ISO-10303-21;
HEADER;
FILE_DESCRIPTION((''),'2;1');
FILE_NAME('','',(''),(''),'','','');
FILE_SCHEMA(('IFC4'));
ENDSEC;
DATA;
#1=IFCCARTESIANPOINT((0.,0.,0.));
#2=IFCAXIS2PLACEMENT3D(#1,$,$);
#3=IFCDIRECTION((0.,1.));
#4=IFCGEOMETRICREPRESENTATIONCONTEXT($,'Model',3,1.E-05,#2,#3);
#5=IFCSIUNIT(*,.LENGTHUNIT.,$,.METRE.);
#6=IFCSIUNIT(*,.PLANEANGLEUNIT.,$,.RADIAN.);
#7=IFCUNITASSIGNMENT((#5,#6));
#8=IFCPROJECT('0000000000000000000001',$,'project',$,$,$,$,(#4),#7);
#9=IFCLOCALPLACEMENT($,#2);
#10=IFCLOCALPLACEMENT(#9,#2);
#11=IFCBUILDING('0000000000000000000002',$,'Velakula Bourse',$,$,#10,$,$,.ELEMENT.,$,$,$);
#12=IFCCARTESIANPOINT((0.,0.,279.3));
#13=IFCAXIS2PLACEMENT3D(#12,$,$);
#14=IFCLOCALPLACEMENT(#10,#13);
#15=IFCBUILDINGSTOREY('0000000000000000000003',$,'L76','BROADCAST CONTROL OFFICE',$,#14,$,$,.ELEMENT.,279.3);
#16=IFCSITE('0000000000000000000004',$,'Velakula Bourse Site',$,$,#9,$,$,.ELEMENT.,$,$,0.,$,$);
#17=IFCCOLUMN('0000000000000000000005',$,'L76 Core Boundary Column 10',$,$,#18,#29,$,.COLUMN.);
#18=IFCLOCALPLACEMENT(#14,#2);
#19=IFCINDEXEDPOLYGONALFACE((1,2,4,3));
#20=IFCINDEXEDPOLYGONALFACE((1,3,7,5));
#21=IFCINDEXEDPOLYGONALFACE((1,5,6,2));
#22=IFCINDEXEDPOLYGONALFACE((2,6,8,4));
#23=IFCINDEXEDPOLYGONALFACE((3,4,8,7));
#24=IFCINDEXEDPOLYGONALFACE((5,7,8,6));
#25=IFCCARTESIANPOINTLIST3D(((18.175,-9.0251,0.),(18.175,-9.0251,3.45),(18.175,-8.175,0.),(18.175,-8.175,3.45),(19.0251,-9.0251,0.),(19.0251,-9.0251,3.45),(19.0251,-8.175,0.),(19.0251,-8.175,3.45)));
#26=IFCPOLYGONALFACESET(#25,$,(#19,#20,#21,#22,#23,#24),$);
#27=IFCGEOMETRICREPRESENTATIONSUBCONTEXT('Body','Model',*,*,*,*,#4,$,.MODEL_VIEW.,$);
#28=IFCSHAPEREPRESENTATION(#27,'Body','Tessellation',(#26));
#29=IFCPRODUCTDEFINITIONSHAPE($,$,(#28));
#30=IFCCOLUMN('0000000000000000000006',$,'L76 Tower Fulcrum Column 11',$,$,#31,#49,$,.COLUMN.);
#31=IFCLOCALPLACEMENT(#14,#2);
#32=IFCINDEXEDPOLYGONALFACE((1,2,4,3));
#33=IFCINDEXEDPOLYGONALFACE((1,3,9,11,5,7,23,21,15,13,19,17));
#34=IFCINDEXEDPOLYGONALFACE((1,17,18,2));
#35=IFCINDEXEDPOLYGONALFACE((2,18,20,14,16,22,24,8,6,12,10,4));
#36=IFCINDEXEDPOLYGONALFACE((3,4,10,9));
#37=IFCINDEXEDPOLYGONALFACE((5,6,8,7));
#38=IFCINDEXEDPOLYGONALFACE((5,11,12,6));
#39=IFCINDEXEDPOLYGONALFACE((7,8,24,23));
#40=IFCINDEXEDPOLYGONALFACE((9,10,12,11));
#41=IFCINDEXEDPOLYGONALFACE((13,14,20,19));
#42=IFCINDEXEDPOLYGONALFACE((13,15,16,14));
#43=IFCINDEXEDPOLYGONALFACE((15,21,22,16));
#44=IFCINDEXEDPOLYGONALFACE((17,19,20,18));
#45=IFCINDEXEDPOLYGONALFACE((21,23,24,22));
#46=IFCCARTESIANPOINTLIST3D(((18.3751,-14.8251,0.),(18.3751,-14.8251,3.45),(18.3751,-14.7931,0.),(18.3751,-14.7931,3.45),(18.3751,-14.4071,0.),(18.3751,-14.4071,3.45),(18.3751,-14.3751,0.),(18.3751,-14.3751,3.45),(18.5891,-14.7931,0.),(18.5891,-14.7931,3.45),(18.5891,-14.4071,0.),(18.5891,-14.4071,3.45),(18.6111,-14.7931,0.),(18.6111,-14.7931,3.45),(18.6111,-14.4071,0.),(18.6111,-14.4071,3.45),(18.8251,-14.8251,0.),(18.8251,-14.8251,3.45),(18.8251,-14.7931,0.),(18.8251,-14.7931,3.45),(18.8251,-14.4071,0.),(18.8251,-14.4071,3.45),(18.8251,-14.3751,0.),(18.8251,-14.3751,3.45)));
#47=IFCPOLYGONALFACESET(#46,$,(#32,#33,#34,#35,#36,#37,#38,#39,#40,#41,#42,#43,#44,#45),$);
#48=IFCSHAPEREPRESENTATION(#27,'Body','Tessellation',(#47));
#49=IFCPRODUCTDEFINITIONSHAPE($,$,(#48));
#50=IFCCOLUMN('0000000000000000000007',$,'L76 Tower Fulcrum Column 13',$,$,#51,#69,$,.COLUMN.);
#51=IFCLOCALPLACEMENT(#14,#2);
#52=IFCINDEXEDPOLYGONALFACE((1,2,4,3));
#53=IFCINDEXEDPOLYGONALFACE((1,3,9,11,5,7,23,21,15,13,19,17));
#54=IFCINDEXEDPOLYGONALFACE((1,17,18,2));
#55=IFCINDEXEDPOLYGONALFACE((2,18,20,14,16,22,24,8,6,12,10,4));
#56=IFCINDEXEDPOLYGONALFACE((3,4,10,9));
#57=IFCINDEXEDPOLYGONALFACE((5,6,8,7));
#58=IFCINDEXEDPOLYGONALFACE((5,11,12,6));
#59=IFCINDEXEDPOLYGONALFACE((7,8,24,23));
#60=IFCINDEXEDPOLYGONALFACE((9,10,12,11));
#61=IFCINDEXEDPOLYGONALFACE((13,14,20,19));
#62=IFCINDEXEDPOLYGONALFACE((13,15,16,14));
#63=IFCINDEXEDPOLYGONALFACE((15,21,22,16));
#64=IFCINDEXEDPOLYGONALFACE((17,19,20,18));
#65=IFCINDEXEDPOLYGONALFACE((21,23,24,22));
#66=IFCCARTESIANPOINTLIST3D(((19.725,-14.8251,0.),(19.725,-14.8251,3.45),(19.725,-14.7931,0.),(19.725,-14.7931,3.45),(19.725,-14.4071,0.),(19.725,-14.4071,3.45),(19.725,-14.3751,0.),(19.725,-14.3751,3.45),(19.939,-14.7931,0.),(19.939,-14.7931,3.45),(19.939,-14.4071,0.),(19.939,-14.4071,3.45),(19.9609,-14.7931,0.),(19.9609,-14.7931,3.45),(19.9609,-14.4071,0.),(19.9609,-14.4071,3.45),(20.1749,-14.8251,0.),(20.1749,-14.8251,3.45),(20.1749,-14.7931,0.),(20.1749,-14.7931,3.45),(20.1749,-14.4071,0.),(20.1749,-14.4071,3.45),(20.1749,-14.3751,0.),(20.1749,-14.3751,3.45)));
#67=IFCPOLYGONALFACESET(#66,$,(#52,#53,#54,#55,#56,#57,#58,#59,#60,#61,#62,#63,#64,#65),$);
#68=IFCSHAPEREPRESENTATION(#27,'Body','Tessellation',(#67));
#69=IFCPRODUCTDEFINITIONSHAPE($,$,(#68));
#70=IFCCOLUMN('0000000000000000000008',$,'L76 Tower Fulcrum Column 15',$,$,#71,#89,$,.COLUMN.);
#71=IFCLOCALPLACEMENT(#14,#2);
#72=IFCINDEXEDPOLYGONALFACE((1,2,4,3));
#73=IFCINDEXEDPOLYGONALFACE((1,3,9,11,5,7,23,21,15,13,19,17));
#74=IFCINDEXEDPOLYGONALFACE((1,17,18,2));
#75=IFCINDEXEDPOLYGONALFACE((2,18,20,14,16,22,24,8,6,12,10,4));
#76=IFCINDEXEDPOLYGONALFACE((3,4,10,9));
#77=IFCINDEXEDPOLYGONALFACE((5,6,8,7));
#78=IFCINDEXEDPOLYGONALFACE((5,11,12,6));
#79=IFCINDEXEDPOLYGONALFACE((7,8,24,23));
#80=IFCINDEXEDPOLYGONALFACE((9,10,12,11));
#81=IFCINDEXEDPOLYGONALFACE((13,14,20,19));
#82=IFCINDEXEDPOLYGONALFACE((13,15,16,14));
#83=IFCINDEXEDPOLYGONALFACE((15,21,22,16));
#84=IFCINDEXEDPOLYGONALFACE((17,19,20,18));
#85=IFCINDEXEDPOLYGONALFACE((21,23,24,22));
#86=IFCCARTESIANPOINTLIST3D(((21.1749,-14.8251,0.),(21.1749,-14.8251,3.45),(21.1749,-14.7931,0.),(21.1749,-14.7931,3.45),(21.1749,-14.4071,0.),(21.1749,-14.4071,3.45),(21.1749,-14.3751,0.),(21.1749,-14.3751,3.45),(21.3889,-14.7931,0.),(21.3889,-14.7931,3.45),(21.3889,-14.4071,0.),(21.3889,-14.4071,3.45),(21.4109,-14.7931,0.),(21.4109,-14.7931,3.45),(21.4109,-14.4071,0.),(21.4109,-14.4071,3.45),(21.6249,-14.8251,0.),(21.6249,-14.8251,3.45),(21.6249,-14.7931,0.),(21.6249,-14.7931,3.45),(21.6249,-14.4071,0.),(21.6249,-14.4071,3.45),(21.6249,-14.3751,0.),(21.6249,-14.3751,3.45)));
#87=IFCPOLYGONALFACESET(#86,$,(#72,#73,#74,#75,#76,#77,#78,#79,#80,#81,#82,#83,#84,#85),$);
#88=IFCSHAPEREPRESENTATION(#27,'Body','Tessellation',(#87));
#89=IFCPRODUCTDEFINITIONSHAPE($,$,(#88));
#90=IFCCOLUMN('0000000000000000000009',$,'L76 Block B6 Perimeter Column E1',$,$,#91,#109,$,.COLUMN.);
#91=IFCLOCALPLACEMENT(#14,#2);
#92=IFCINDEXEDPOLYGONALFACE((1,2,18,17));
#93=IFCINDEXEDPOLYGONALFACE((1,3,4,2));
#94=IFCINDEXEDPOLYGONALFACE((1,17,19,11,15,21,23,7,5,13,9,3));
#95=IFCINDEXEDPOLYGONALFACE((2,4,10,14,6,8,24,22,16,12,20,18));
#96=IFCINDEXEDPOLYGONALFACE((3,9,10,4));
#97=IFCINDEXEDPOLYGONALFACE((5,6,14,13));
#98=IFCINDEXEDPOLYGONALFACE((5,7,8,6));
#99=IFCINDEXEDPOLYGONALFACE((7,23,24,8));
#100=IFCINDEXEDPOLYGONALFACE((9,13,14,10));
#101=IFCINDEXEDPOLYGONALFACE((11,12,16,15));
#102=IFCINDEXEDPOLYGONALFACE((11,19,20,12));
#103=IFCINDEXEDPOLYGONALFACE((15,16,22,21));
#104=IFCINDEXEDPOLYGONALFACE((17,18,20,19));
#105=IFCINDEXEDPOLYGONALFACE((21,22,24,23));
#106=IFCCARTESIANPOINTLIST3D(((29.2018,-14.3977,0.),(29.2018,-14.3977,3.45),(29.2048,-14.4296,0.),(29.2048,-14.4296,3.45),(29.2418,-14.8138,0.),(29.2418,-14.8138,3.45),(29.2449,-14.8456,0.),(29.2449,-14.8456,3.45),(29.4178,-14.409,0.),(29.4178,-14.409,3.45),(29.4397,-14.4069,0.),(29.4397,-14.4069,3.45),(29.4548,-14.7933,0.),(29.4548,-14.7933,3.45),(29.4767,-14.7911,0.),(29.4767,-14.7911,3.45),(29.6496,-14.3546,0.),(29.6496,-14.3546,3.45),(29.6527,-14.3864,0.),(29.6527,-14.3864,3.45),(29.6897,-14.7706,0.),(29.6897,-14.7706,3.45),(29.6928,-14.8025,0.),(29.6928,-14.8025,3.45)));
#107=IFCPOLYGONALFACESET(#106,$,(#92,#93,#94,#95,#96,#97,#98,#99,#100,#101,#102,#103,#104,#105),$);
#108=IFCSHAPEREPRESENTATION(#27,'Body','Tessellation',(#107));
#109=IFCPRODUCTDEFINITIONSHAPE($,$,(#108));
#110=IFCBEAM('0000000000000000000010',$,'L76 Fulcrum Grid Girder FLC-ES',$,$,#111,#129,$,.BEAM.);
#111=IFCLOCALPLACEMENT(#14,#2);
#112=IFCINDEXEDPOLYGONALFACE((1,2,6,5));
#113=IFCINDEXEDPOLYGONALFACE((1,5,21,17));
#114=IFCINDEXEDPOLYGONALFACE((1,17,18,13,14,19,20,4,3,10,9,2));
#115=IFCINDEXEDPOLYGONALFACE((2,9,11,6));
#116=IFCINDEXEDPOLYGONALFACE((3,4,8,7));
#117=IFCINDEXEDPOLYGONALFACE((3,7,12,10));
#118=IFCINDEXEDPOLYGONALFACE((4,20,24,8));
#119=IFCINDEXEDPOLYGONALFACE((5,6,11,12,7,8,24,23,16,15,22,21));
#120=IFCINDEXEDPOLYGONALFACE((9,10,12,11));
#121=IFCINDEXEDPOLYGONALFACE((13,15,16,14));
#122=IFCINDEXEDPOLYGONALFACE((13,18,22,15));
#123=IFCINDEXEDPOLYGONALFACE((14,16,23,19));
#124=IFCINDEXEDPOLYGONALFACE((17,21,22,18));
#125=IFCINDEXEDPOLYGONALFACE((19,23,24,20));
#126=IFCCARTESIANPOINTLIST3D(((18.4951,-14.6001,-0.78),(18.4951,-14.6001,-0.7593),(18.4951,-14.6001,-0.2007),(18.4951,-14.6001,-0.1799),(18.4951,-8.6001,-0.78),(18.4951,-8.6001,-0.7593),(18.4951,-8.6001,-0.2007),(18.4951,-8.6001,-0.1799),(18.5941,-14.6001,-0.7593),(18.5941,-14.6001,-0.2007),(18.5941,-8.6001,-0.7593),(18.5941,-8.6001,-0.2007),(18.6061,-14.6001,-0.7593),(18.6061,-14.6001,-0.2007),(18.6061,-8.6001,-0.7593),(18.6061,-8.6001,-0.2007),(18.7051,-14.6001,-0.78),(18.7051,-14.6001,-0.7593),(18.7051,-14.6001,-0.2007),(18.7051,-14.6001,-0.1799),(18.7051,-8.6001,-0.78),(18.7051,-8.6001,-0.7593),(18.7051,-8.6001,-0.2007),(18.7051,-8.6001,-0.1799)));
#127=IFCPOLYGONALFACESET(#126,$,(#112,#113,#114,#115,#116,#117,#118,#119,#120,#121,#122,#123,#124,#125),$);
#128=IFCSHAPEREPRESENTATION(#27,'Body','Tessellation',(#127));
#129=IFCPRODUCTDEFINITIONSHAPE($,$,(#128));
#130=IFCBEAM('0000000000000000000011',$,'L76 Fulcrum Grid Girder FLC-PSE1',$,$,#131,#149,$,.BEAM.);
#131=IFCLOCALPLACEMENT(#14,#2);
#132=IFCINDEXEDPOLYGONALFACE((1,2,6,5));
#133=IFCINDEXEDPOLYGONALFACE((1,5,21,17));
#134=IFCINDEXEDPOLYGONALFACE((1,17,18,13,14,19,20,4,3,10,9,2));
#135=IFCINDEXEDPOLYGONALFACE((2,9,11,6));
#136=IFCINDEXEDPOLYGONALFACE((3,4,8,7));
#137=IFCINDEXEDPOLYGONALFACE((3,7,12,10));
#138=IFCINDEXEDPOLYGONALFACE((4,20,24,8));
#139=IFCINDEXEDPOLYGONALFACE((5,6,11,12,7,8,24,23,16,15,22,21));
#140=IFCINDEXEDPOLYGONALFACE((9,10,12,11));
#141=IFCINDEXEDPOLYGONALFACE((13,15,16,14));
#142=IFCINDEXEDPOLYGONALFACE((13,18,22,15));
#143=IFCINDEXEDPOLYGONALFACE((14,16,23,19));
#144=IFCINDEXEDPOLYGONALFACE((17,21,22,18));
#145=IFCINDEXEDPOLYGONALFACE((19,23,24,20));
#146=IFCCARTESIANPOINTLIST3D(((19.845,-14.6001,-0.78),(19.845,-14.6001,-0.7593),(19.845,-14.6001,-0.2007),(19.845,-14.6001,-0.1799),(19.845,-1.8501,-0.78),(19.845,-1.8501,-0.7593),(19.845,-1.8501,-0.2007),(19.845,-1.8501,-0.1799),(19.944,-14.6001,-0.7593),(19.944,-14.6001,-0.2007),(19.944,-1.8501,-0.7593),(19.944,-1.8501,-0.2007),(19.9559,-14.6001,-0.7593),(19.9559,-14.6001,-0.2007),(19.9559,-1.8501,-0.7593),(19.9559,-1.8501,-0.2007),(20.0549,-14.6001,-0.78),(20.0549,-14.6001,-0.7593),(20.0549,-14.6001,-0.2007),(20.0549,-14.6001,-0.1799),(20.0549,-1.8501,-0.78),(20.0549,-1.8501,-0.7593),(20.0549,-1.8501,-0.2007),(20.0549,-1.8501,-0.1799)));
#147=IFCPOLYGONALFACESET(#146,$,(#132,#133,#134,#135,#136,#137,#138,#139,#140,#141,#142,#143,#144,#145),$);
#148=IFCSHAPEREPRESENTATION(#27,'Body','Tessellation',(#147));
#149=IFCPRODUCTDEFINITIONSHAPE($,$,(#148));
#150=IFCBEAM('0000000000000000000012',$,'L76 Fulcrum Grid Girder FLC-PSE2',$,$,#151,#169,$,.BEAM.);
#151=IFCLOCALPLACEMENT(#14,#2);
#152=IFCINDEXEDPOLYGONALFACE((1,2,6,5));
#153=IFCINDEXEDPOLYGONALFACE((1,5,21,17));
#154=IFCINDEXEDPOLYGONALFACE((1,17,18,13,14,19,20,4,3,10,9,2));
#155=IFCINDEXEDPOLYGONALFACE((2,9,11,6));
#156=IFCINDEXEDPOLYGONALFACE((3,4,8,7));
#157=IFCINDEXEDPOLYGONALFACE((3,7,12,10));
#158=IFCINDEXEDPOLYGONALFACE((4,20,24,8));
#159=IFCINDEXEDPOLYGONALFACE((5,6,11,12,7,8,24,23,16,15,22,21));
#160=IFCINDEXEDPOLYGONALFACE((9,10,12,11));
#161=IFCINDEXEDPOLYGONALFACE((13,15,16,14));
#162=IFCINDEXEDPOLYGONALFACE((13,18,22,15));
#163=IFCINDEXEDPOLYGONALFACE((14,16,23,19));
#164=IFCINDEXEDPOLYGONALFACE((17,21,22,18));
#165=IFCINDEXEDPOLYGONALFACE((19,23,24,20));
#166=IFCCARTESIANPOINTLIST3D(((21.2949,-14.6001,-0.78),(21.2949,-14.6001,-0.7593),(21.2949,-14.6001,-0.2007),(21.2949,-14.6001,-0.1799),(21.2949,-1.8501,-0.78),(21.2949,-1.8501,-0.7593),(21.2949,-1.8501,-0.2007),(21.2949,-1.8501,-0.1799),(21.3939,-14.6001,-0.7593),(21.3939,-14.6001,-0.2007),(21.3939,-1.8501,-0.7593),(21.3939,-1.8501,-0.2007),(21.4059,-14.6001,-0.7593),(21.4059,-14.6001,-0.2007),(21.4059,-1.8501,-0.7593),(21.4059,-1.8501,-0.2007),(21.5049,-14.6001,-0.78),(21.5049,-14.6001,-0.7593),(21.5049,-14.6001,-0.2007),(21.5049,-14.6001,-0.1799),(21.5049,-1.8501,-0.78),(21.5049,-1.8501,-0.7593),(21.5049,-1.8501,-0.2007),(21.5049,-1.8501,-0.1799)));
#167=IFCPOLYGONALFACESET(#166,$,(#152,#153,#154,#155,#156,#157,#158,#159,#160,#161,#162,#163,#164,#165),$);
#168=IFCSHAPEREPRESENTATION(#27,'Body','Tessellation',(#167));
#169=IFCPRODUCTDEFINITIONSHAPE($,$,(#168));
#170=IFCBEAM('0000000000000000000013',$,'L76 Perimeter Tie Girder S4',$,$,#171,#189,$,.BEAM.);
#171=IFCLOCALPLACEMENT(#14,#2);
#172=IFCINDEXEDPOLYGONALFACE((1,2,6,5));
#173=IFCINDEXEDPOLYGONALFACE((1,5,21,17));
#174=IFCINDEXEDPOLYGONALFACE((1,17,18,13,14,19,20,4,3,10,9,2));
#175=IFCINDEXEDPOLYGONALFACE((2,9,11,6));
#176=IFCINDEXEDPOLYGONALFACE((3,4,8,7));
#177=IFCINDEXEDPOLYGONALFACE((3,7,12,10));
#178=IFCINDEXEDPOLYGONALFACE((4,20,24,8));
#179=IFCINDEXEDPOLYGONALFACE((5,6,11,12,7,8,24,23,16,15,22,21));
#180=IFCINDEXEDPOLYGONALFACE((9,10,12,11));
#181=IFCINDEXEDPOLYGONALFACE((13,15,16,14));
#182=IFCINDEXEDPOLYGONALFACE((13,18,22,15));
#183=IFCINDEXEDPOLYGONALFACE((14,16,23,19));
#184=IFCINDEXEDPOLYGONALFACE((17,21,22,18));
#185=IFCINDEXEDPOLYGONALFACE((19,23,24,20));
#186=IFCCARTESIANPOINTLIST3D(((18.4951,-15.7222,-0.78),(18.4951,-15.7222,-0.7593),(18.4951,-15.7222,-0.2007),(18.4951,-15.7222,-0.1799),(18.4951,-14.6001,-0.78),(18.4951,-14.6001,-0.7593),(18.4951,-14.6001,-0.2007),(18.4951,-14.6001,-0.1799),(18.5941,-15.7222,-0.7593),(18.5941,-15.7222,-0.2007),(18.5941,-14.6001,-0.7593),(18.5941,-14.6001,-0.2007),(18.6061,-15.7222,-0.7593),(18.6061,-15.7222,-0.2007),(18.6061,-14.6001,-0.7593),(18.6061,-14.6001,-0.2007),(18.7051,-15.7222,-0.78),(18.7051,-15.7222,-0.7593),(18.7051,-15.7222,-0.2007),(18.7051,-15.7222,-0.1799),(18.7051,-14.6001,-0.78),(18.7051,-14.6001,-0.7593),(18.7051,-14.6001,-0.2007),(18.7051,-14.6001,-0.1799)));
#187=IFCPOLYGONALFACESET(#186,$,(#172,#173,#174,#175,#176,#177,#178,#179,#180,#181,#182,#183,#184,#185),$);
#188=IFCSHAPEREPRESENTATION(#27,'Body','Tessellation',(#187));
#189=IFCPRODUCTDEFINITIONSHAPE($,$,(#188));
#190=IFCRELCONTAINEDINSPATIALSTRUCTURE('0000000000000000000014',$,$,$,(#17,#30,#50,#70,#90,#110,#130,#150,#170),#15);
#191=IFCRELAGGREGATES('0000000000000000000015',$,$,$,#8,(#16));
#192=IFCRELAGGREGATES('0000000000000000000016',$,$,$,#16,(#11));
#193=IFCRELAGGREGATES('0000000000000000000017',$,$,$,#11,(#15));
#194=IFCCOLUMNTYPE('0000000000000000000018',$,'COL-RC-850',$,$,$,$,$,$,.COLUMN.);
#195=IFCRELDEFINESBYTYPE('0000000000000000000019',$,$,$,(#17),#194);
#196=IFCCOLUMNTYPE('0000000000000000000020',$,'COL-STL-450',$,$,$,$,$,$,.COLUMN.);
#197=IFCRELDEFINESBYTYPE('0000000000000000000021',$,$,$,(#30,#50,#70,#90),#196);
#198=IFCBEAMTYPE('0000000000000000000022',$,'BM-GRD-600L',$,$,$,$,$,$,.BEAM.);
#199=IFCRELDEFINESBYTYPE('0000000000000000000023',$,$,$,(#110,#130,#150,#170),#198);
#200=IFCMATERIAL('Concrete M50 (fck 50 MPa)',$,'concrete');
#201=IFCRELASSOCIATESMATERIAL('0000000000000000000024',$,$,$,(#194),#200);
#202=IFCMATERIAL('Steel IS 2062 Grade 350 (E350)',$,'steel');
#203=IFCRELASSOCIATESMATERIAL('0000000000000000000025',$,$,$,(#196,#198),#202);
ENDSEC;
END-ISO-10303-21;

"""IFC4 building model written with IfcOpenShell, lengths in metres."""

from ifc_helpers import new_model, si_unit, direction, frame, origin, origin_2d, place, context, subcontext, project, spatial, rectangle, i_section, extrude, material, material_profile, profile_set, type_object, element, save


model = new_model("IFC4")

# Units and contexts
model_context = context("Model", 3, precision=1e-05, world=origin(), true_north=direction((0.0, 1.0)))
body_context = subcontext(model_context, "Body", "Model", "MODEL_VIEW")
ifc_project = project(units=[si_unit("LENGTHUNIT", "METRE"), si_unit("PLANEANGLEUNIT", "RADIAN")], contexts=[model_context])

# Site, building, storey
site_placement = place(None, origin())
site = spatial("IfcSite", under=ifc_project, at=site_placement, Name="Velakula Bourse Site", CompositionType="ELEMENT", RefElevation=0.0)
building_placement = place(site_placement, origin())
building = spatial("IfcBuilding", under=site, at=building_placement, Name="Velakula Bourse", CompositionType="ELEMENT")
storey_placement = place(building_placement, frame((0.0, 0.0, 279.3)))
storey = spatial("IfcBuildingStorey", under=building, at=storey_placement, Name="L76", Description="BROADCAST CONTROL OFFICE", CompositionType="ELEMENT", Elevation=279.3)

# Columns
ifc_material_1 = material(Name="Concrete M50 (fck 50 MPa)", Category="concrete")
ifc_material_profile_1 = material_profile(ifc_material_1, rectangle(XDim=0.8501, YDim=0.8501, at=origin_2d()), Name="Concrete M50 (fck 50 MPa)")
ifc_profile_set_1 = profile_set([ifc_material_profile_1], Name="Concrete M50 (fck 50 MPa)")
column_type_1 = type_object("IfcColumnType", Name="COL-RC-850", PredefinedType="COLUMN", material=ifc_profile_set_1)
column_placement = place(storey_placement, frame((18.6001, -8.6001, 0.0), z_axis=(0.0, 0.0, 1.0), x_axis=(1.0, 0.0, 0.0)))
element("IfcColumn", 1, at=column_placement, inside=storey, type_object=column_type_1, Name="L76 Core Boundary Column 10", PredefinedType="COLUMN", context=body_context, shape_type="SweptSolid", body=[
    extrude(rectangle(XDim=0.8501, YDim=0.8501, at=origin_2d()), origin(), (0.0, 0.0, 1.0), 3.45),
])
ifc_material_2 = material(Name="Steel IS 2062 Grade 350 (E350)", Category="steel")
ifc_material_profile_2 = material_profile(ifc_material_2, i_section(OverallWidth=0.45, OverallDepth=0.45, WebThickness=0.022, FlangeThickness=0.032, at=origin_2d()), Name="Steel IS 2062 Grade 350 (E350)")
ifc_profile_set_2 = profile_set([ifc_material_profile_2], Name="Steel IS 2062 Grade 350 (E350)")
column_type_2 = type_object("IfcColumnType", Name="COL-STL-450", PredefinedType="COLUMN", material=ifc_profile_set_2)
for number, where, z_axis, x_axis, name in (
    (2, (18.6001, -14.6001, 0.0), (0.0, 0.0, 1.0), (1.0, 0.0, 0.0), "L76 Tower Fulcrum Column 11"),
    (3, (19.95, -14.6001, 0.0), (0.0, 0.0, 1.0), (1.0, 0.0, 0.0), "L76 Tower Fulcrum Column 13"),
    (4, (21.3999, -14.6001, 0.0), (0.0, 0.0, 1.0), (1.0, 0.0, 0.0), "L76 Tower Fulcrum Column 15"),
    (5, (29.4473, -14.6001, 0.0), (0.0, 0.0, 1.0), (0.995396, 0.095846, 0.0), "L76 Block B6 Perimeter Column E1"),
):
    element("IfcColumn", number, at=place(storey_placement, frame(where, z_axis=z_axis, x_axis=x_axis)), inside=storey, type_object=column_type_2, Name=name, PredefinedType="COLUMN", context=body_context, shape_type="SweptSolid", body=[
        extrude(i_section(OverallWidth=0.45, OverallDepth=0.45, WebThickness=0.022, FlangeThickness=0.032, at=origin_2d()), origin(), (0.0, 0.0, 1.0), 3.45),
    ])

# Beams
ifc_material_profile_3 = material_profile(ifc_material_2, i_section(OverallWidth=0.21, OverallDepth=0.6001, WebThickness=0.012, FlangeThickness=0.0208, at=origin_2d()), Name="Steel IS 2062 Grade 350 (E350)")
ifc_profile_set_3 = profile_set([ifc_material_profile_3], Name="Steel IS 2062 Grade 350 (E350)")
beam_type_1 = type_object("IfcBeamType", Name="BM-GRD-600L", PredefinedType="BEAM", material=ifc_profile_set_3)
beam_1_placement = place(storey_placement, frame((18.6001, -14.6001, -0.48), z_axis=(0.0, 1.0, 0.0), x_axis=(-1.0, 0.0, 0.0)))
element("IfcBeam", 6, at=beam_1_placement, inside=storey, type_object=beam_type_1, Name="L76 Fulcrum Grid Girder FLC-ES", PredefinedType="BEAM", context=body_context, shape_type="SweptSolid", body=[
    extrude(i_section(OverallWidth=0.21, OverallDepth=0.6001, WebThickness=0.012, FlangeThickness=0.0208, at=origin_2d()), origin(), (0.0, 0.0, 1.0), 6.0),
])
for number, where, z_axis, x_axis, name in (
    (7, (19.95, -14.6001, -0.48), (0.0, 1.0, 0.0), (-1.0, 0.0, 0.0), "L76 Fulcrum Grid Girder FLC-PSE1"),
    (8, (21.3999, -14.6001, -0.48), (0.0, 1.0, 0.0), (-1.0, 0.0, 0.0), "L76 Fulcrum Grid Girder FLC-PSE2"),
):
    element("IfcBeam", number, at=place(storey_placement, frame(where, z_axis=z_axis, x_axis=x_axis)), inside=storey, type_object=beam_type_1, Name=name, PredefinedType="BEAM", context=body_context, shape_type="SweptSolid", body=[
        extrude(i_section(OverallWidth=0.21, OverallDepth=0.6001, WebThickness=0.012, FlangeThickness=0.0208, at=origin_2d()), origin(), (0.0, 0.0, 1.0), 12.75),
    ])
beam_2_placement = place(storey_placement, frame((18.6001, -14.6001, -0.48), z_axis=(0.0, -1.0, 0.0), x_axis=(1.0, 0.0, 0.0)))
element("IfcBeam", 9, at=beam_2_placement, inside=storey, type_object=beam_type_1, Name="L76 Perimeter Tie Girder S4", PredefinedType="BEAM", context=body_context, shape_type="SweptSolid", body=[
    extrude(i_section(OverallWidth=0.21, OverallDepth=0.6001, WebThickness=0.012, FlangeThickness=0.0208, at=origin_2d()), origin(), (0.0, 0.0, 1.0), 1.1221),
])

save(model, "model.ifc")
